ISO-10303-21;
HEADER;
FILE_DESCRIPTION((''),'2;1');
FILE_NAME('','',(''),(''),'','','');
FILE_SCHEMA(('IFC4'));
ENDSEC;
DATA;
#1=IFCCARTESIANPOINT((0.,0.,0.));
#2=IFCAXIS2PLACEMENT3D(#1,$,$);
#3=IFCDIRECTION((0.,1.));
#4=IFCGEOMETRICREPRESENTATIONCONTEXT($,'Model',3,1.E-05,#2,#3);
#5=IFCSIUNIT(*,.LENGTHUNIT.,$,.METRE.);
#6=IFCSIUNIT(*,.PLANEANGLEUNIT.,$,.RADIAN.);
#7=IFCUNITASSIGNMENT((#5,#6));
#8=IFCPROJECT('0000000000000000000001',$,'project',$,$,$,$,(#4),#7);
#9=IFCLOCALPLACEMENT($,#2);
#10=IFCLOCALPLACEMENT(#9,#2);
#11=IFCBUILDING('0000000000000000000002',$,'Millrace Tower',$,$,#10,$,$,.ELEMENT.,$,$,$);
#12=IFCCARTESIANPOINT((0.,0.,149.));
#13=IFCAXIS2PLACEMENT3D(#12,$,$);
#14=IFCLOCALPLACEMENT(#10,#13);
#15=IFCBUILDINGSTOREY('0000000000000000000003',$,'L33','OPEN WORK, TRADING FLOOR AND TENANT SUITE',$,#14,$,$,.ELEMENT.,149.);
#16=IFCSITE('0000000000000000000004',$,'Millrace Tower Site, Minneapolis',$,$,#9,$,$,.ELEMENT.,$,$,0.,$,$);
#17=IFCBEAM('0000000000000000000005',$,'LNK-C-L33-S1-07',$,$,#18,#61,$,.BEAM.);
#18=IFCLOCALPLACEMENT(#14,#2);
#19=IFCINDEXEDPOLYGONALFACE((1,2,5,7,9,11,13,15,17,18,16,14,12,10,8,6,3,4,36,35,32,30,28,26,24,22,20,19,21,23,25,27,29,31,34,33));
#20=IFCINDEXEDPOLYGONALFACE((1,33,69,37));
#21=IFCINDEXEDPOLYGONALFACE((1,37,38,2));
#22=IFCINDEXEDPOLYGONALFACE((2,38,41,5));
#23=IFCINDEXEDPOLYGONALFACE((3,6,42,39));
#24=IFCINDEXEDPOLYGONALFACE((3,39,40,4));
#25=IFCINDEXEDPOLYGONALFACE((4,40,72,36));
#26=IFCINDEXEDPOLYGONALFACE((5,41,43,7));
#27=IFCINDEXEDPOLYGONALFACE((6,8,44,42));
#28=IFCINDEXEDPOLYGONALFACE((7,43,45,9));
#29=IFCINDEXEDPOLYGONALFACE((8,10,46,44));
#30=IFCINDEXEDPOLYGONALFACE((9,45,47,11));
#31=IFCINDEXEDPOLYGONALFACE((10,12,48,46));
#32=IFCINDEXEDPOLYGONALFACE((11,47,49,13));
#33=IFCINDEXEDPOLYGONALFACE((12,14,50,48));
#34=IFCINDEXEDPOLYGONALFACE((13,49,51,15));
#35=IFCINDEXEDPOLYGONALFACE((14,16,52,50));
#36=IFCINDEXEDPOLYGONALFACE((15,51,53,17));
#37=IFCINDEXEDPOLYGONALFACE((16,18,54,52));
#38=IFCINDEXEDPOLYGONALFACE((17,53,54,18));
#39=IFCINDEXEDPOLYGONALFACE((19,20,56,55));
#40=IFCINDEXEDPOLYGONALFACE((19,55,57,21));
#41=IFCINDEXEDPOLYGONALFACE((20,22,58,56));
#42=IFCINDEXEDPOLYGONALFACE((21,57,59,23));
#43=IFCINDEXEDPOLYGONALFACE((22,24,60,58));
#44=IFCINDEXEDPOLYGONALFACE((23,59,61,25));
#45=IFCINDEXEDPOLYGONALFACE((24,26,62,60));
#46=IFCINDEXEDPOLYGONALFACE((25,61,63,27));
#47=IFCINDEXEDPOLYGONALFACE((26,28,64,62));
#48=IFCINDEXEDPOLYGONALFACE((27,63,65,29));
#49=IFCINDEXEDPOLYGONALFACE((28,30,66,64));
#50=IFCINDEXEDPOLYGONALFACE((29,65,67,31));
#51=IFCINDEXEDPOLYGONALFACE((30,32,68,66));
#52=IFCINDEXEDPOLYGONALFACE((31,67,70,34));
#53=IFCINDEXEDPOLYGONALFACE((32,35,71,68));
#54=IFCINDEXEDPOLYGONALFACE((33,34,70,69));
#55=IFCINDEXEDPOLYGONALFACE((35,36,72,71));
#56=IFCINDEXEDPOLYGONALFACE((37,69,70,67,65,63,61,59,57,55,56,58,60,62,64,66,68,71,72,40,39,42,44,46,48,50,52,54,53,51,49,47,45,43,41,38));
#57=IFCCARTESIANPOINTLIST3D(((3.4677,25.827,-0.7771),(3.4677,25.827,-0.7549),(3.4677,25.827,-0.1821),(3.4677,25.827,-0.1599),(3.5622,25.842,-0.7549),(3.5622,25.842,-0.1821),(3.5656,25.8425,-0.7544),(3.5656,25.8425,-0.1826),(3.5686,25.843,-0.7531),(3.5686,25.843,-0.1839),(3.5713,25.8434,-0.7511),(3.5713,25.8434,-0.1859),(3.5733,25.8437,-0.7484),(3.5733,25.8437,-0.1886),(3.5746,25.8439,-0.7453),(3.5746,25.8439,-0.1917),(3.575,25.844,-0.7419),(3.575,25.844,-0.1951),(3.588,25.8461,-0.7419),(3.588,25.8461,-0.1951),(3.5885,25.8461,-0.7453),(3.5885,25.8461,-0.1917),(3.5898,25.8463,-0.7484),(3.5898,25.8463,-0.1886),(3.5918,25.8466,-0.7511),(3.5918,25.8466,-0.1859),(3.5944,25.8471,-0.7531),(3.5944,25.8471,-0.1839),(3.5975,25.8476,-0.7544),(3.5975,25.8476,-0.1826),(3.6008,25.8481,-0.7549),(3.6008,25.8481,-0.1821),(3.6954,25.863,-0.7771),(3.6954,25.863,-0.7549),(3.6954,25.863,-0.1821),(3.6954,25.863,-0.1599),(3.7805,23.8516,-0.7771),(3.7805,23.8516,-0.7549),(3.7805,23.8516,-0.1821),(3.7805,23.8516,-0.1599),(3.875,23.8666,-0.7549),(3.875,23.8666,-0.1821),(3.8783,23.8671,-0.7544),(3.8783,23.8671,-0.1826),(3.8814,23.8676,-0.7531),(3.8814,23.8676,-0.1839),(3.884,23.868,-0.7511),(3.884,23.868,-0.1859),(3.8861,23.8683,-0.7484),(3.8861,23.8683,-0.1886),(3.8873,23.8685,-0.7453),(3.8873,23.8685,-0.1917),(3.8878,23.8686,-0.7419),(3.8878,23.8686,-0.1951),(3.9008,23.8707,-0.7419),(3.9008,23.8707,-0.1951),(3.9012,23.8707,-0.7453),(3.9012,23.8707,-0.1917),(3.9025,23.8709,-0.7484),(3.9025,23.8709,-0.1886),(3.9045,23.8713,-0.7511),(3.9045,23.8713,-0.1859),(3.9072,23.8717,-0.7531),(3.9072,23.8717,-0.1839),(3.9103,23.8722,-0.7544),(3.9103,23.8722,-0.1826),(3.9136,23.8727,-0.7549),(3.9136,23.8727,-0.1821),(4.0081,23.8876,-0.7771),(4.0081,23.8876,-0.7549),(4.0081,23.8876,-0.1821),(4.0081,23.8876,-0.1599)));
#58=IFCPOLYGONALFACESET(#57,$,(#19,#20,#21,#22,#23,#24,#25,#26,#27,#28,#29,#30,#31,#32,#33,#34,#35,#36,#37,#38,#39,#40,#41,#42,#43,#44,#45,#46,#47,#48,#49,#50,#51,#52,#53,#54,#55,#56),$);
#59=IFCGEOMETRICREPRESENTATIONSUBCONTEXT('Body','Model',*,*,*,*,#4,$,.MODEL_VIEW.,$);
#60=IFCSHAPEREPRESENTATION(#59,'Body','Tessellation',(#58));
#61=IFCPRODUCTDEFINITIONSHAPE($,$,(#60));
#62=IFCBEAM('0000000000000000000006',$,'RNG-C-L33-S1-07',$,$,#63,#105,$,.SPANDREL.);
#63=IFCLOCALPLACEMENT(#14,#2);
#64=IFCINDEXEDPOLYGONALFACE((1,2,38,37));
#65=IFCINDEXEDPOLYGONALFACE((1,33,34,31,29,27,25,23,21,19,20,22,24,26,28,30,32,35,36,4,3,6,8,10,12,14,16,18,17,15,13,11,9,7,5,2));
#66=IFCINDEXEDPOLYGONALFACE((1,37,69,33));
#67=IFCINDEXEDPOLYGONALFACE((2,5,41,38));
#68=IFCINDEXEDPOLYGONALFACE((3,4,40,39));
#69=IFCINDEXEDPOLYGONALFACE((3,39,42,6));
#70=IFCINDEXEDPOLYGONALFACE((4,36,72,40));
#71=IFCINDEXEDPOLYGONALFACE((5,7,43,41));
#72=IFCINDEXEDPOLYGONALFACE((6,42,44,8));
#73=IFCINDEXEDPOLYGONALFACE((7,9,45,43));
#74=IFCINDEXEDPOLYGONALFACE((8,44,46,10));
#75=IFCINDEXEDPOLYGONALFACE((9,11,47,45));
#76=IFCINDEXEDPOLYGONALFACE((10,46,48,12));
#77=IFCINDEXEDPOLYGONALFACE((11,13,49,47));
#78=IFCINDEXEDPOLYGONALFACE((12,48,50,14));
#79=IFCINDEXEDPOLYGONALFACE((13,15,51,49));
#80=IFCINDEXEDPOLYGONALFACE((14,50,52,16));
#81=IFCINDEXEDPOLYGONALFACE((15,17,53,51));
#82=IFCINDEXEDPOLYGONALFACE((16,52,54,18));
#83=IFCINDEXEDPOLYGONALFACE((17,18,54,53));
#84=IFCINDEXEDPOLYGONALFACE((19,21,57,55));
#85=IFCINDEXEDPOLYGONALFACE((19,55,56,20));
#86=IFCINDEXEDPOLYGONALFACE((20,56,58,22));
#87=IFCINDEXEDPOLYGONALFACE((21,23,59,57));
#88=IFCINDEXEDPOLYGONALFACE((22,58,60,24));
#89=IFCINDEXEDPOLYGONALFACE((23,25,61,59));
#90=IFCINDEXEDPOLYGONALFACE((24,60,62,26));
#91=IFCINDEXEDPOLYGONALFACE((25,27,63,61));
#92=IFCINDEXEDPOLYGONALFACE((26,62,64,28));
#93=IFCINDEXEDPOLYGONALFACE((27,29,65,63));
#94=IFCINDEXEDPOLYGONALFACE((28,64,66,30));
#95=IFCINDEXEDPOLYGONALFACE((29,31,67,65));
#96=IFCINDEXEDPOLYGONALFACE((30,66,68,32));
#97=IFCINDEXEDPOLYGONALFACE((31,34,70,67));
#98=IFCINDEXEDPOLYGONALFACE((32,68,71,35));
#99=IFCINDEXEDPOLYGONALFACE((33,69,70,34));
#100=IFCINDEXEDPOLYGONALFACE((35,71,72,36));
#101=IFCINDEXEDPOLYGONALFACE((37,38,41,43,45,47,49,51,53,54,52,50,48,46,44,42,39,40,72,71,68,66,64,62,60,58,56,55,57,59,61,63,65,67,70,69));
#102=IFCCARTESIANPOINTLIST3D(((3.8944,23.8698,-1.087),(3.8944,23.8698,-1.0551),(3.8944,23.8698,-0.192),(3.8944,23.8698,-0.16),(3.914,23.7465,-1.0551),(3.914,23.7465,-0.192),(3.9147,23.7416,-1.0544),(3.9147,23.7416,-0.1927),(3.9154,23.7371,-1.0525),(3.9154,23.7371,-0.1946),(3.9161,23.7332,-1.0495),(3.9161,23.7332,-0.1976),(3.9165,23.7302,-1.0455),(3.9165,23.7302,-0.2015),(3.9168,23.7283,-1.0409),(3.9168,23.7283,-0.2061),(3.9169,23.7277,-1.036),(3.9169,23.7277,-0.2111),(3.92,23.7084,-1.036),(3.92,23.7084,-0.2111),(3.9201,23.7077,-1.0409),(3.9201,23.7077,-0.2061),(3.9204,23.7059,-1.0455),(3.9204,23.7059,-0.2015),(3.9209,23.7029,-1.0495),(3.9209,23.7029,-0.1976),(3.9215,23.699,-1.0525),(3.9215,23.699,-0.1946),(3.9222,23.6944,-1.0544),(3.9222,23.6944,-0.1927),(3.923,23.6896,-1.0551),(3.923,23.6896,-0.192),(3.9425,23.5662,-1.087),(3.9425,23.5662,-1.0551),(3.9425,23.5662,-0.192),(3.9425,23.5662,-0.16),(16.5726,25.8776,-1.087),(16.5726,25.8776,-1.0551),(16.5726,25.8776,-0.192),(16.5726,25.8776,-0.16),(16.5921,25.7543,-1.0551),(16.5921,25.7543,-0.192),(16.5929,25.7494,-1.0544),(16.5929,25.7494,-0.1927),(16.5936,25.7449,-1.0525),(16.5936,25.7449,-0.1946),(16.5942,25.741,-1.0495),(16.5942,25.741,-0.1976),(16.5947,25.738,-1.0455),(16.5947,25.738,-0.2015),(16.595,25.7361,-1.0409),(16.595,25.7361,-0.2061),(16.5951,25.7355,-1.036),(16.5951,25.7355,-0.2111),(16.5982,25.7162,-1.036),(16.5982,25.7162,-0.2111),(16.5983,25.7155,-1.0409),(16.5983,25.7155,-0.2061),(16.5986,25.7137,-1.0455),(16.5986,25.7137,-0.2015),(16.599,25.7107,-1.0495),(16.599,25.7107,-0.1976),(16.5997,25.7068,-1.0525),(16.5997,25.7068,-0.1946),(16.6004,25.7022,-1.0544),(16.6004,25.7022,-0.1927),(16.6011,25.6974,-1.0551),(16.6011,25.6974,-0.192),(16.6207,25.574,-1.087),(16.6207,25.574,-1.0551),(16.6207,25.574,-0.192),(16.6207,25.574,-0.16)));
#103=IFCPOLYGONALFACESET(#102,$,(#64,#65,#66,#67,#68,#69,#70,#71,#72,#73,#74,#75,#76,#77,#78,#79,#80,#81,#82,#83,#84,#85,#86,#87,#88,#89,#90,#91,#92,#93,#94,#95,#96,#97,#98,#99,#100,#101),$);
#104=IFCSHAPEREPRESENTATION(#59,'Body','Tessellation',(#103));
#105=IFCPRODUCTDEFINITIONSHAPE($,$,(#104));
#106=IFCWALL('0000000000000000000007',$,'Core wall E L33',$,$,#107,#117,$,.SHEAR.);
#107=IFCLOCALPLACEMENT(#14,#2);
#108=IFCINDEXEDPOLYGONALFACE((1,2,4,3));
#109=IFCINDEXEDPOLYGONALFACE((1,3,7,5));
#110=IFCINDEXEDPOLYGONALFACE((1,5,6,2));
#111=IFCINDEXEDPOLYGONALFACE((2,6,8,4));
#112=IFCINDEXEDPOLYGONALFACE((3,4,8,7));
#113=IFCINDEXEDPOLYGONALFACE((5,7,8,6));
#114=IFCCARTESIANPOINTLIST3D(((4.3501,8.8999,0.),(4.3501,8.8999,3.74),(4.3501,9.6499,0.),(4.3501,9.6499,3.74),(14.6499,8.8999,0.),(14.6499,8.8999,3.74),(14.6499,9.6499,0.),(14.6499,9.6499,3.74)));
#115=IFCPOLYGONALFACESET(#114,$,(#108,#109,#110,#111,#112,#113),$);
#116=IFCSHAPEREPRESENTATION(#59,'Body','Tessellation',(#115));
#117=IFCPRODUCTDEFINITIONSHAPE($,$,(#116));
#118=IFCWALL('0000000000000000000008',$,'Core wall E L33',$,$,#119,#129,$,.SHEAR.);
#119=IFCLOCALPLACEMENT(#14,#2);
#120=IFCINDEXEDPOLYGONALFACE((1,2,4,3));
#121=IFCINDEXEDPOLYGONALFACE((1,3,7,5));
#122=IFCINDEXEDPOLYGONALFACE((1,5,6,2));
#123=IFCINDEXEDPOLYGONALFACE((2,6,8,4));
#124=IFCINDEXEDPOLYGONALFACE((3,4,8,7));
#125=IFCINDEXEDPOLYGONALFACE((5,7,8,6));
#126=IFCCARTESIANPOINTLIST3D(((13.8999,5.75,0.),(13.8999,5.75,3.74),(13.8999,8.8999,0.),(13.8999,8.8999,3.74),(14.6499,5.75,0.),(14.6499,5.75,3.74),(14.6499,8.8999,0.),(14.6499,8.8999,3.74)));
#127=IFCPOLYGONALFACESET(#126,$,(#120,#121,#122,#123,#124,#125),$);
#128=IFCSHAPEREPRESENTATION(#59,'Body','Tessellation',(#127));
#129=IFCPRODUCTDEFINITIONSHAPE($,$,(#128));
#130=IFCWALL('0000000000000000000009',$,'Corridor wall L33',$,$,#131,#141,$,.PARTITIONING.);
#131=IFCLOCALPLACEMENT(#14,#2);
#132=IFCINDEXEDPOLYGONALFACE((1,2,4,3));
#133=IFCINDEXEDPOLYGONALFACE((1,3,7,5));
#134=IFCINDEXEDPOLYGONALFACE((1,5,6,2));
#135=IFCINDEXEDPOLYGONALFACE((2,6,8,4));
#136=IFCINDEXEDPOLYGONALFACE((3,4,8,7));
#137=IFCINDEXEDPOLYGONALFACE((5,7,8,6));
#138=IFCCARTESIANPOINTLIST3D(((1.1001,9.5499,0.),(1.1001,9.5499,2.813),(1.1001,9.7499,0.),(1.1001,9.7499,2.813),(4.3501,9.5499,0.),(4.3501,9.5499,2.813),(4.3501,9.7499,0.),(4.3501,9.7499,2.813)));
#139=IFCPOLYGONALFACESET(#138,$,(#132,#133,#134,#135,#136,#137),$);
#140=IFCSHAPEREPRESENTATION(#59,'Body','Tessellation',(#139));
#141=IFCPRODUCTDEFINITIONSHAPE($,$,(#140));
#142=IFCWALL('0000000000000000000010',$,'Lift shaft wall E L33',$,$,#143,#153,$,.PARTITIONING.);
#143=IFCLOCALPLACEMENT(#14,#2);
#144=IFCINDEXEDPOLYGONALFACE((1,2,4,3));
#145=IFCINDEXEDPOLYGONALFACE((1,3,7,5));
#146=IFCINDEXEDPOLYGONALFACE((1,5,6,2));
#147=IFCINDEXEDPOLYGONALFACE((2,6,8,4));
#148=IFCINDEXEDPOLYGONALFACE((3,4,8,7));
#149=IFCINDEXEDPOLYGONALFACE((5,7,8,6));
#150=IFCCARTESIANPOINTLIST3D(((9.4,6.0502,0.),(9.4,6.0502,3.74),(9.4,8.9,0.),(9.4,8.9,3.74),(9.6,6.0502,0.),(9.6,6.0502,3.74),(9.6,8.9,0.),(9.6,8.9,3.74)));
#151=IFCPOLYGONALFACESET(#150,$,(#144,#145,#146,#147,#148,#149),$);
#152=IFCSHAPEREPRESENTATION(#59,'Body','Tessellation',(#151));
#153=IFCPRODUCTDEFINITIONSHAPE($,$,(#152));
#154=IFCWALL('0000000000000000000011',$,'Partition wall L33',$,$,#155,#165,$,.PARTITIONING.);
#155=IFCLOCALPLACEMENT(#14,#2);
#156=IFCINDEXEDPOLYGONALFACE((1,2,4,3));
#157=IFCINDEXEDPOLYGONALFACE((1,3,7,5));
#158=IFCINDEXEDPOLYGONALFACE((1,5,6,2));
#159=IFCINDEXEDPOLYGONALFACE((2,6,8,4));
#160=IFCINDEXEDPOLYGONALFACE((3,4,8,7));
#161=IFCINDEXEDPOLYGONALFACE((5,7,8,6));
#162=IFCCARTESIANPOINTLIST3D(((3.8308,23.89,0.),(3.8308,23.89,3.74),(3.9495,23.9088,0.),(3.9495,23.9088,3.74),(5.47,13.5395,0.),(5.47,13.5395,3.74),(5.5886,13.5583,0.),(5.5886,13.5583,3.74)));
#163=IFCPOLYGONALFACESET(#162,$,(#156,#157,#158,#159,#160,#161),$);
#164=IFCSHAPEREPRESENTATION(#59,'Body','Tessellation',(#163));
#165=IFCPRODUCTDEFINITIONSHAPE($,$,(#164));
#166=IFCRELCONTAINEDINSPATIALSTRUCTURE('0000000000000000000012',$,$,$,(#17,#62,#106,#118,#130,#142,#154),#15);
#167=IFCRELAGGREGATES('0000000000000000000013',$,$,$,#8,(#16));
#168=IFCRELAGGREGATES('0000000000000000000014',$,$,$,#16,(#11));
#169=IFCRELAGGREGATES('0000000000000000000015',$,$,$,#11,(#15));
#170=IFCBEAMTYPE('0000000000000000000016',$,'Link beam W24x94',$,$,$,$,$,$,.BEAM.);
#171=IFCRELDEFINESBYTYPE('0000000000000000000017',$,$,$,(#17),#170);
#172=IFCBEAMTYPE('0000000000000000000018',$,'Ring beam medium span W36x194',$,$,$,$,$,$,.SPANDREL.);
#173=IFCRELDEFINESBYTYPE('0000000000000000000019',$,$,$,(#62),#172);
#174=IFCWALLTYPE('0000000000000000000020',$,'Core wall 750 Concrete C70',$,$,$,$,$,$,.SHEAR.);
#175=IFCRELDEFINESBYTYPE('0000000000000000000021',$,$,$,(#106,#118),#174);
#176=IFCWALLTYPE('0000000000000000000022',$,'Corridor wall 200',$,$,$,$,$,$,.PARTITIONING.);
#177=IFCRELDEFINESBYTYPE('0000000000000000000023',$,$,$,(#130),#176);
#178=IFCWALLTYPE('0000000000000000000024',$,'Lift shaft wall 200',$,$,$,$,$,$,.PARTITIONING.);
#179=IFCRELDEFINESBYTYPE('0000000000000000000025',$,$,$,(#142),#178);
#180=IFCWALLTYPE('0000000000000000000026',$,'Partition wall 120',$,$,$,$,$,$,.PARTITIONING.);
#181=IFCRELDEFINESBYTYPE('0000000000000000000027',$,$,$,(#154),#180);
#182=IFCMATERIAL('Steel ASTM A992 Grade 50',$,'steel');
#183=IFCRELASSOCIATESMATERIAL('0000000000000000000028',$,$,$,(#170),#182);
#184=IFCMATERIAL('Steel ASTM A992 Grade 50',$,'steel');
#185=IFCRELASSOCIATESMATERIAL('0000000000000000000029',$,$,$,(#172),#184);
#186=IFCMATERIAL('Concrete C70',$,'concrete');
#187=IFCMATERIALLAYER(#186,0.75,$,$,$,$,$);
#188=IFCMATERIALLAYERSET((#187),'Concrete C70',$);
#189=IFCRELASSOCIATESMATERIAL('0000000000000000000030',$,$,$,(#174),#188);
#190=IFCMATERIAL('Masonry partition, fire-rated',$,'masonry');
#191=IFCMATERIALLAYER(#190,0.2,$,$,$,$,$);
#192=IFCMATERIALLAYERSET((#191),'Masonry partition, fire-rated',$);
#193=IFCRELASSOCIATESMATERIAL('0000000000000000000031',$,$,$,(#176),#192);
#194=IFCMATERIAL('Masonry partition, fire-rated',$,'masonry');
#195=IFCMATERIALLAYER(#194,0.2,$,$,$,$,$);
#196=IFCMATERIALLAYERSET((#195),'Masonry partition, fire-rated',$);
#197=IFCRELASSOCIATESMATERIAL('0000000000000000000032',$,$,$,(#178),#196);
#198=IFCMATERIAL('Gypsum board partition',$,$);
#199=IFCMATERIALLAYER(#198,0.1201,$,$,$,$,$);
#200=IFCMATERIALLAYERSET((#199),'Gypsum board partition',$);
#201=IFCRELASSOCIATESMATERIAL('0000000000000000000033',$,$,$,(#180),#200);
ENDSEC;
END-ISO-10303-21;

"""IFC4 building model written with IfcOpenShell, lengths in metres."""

from ifc_helpers import new_model, si_unit, direction, frame, frame_2d, origin, origin_2d, place, context, subcontext, project, spatial, rectangle, i_section, extrude, material, layer, layer_set, material_profile, profile_set, type_object, element, save


model = new_model("IFC4")

# Units and contexts
model_context = context("Model", 3, precision=1e-05, world=origin(), true_north=direction((0.0, 1.0)))
body_context = subcontext(model_context, "Body", "Model", "MODEL_VIEW")
ifc_project = project(units=[si_unit("LENGTHUNIT", "METRE"), si_unit("PLANEANGLEUNIT", "RADIAN")], contexts=[model_context])

# Site, building, storey
site_placement = place(None, origin())
site = spatial("IfcSite", under=ifc_project, at=site_placement, Name="Millrace Tower Site, Minneapolis", CompositionType="ELEMENT", RefElevation=0.0)
building_placement = place(site_placement, origin())
building = spatial("IfcBuilding", under=site, at=building_placement, Name="Millrace Tower", CompositionType="ELEMENT")
storey_placement = place(building_placement, frame((0.0, 0.0, 149.0)))
storey = spatial("IfcBuildingStorey", under=building, at=storey_placement, Name="L33", Description="OPEN WORK, TRADING FLOOR AND TENANT SUITE", CompositionType="ELEMENT", Elevation=149.0)

# Beams
ifc_material_1 = material(Name="Steel ASTM A992 Grade 50", Category="steel")
ifc_material_profile_1 = material_profile(ifc_material_1, i_section(OverallWidth=0.2305, OverallDepth=0.6172, WebThickness=0.0132, FlangeThickness=0.0222, FilletRadius=0.0129, at=origin_2d()))
ifc_profile_set_1 = profile_set([ifc_material_profile_1], Name="Steel ASTM A992 Grade 50")
beam_type_1 = type_object("IfcBeamType", Name="Link beam W24x94", PredefinedType="BEAM", material=ifc_profile_set_1)
beam_1_placement = place(storey_placement, frame((3.8943, 23.8696, -0.4685), z_axis=(-0.156376, 0.987698, 0.0), x_axis=(-0.987698, -0.156376, 0.0)))
element("IfcBeam", 1, at=beam_1_placement, inside=storey, type_object=beam_type_1, Name="LNK-C-L33-S1-07", PredefinedType="BEAM", context=body_context, shape_type="SweptSolid", body=[
    extrude(i_section(OverallWidth=0.2305, OverallDepth=0.6172, WebThickness=0.0132, FlangeThickness=0.0222, FilletRadius=0.0129, at=origin_2d()), origin(), (0.0, 0.0, 1.0), 2.0),
])
ifc_material_2 = material(Name="Steel ASTM A992 Grade 50", Category="steel")
ifc_material_profile_2 = material_profile(ifc_material_2, i_section(OverallWidth=0.3074, OverallDepth=0.927, WebThickness=0.0195, FlangeThickness=0.032, FilletRadius=0.019, at=origin_2d()))
ifc_profile_set_2 = profile_set([ifc_material_profile_2], Name="Steel ASTM A992 Grade 50")
beam_type_2 = type_object("IfcBeamType", Name="Ring beam medium span W36x194", PredefinedType="SPANDREL", material=ifc_profile_set_2)
beam_2_placement = place(storey_placement, frame((3.9185, 23.718, -0.6235), z_axis=(0.987691, 0.156418, 0.0), x_axis=(-0.156418, 0.987691, 0.0)))
element("IfcBeam", 2, at=beam_2_placement, inside=storey, type_object=beam_type_2, Name="RNG-C-L33-S1-07", PredefinedType="SPANDREL", context=body_context, shape_type="SweptSolid", body=[
    extrude(i_section(OverallWidth=0.3074, OverallDepth=0.927, WebThickness=0.0195, FlangeThickness=0.032, FilletRadius=0.019, at=origin_2d()), origin(), (0.0, 0.0, 1.0), 12.8362),
])

# Walls
ifc_material_3 = material(Name="Concrete C70", Category="concrete")
ifc_layer_1 = layer(ifc_material_3, 0.75)
ifc_layer_set_1 = layer_set([ifc_layer_1], Name="Concrete C70")
wall_type_1 = type_object("IfcWallType", Name="Core wall 750 Concrete C70", PredefinedType="SHEAR", material=ifc_layer_set_1)
wall_1_placement = place(storey_placement, frame((14.6499, 9.2749, 0.0), z_axis=(0.0, 0.0, 1.0), x_axis=(-1.0, 0.0, 0.0)))
element("IfcWall", 3, at=wall_1_placement, inside=storey, type_object=wall_type_1, Name="Core wall E L33", PredefinedType="SHEAR", context=body_context, shape_type="SweptSolid", body=[
    extrude(rectangle(XDim=10.2998, YDim=0.75, at=frame_2d((5.1499, 0.0))), origin(), (0.0, 0.0, 1.0), 3.74),
])
wall_2_placement = place(storey_placement, frame((14.2749, 8.8999, 0.0), z_axis=(0.0, 0.0, 1.0), x_axis=(0.0, -1.0, 0.0)))
element("IfcWall", 4, at=wall_2_placement, inside=storey, type_object=wall_type_1, Name="Core wall E L33", PredefinedType="SHEAR", context=body_context, shape_type="SweptSolid", body=[
    extrude(rectangle(XDim=3.1499, YDim=0.75, at=frame_2d((1.575, 0.0))), origin(), (0.0, 0.0, 1.0), 3.74),
])
ifc_material_4 = material(Name="Masonry partition, fire-rated", Category="masonry")
ifc_layer_2 = layer(ifc_material_4, 0.2)
ifc_layer_set_2 = layer_set([ifc_layer_2], Name="Masonry partition, fire-rated")
wall_type_2 = type_object("IfcWallType", Name="Corridor wall 200", PredefinedType="PARTITIONING", material=ifc_layer_set_2)
wall_3_placement = place(storey_placement, frame((1.1001, 9.6499, 0.0), z_axis=(0.0, 0.0, 1.0), x_axis=(1.0, 0.0, 0.0)))
element("IfcWall", 5, at=wall_3_placement, inside=storey, type_object=wall_type_2, Name="Corridor wall L33", PredefinedType="PARTITIONING", context=body_context, shape_type="SweptSolid", body=[
    extrude(rectangle(XDim=3.25, YDim=0.2, at=frame_2d((1.625, 0.0))), origin(), (0.0, 0.0, 1.0), 2.813),
])
ifc_material_5 = material(Name="Masonry partition, fire-rated", Category="masonry")
ifc_layer_3 = layer(ifc_material_5, 0.2)
ifc_layer_set_3 = layer_set([ifc_layer_3], Name="Masonry partition, fire-rated")
wall_type_3 = type_object("IfcWallType", Name="Lift shaft wall 200", PredefinedType="PARTITIONING", material=ifc_layer_set_3)
wall_4_placement = place(storey_placement, frame((9.5, 8.8999, 0.0), z_axis=(0.0, 0.0, 1.0), x_axis=(0.0, -1.0, 0.0)))
element("IfcWall", 6, at=wall_4_placement, inside=storey, type_object=wall_type_3, Name="Lift shaft wall E L33", PredefinedType="PARTITIONING", context=body_context, shape_type="SweptSolid", body=[
    extrude(rectangle(XDim=2.8499, YDim=0.2, at=frame_2d((1.4248, 0.0))), origin(), (0.0, 0.0, 1.0), 3.74),
])
ifc_material_6 = material(Name="Gypsum board partition")
ifc_layer_4 = layer(ifc_material_6, 0.1201)
ifc_layer_set_4 = layer_set([ifc_layer_4], Name="Gypsum board partition")
wall_type_4 = type_object("IfcWallType", Name="Partition wall 120", PredefinedType="PARTITIONING", material=ifc_layer_set_4)
wall_5_placement = place(storey_placement, frame((3.8901, 23.8994, 0.0), z_axis=(0.0, 0.0, 1.0), x_axis=(0.156415, -0.987691, 0.0)))
element("IfcWall", 7, at=wall_5_placement, inside=storey, type_object=wall_type_4, Name="Partition wall L33", PredefinedType="PARTITIONING", context=body_context, shape_type="SweptSolid", body=[
    extrude(rectangle(XDim=10.4795, YDim=0.1201, at=frame_2d((5.2397, 0.0))), origin(), (0.0, 0.0, 1.0), 3.74),
])

save(model, "model.ifc")
